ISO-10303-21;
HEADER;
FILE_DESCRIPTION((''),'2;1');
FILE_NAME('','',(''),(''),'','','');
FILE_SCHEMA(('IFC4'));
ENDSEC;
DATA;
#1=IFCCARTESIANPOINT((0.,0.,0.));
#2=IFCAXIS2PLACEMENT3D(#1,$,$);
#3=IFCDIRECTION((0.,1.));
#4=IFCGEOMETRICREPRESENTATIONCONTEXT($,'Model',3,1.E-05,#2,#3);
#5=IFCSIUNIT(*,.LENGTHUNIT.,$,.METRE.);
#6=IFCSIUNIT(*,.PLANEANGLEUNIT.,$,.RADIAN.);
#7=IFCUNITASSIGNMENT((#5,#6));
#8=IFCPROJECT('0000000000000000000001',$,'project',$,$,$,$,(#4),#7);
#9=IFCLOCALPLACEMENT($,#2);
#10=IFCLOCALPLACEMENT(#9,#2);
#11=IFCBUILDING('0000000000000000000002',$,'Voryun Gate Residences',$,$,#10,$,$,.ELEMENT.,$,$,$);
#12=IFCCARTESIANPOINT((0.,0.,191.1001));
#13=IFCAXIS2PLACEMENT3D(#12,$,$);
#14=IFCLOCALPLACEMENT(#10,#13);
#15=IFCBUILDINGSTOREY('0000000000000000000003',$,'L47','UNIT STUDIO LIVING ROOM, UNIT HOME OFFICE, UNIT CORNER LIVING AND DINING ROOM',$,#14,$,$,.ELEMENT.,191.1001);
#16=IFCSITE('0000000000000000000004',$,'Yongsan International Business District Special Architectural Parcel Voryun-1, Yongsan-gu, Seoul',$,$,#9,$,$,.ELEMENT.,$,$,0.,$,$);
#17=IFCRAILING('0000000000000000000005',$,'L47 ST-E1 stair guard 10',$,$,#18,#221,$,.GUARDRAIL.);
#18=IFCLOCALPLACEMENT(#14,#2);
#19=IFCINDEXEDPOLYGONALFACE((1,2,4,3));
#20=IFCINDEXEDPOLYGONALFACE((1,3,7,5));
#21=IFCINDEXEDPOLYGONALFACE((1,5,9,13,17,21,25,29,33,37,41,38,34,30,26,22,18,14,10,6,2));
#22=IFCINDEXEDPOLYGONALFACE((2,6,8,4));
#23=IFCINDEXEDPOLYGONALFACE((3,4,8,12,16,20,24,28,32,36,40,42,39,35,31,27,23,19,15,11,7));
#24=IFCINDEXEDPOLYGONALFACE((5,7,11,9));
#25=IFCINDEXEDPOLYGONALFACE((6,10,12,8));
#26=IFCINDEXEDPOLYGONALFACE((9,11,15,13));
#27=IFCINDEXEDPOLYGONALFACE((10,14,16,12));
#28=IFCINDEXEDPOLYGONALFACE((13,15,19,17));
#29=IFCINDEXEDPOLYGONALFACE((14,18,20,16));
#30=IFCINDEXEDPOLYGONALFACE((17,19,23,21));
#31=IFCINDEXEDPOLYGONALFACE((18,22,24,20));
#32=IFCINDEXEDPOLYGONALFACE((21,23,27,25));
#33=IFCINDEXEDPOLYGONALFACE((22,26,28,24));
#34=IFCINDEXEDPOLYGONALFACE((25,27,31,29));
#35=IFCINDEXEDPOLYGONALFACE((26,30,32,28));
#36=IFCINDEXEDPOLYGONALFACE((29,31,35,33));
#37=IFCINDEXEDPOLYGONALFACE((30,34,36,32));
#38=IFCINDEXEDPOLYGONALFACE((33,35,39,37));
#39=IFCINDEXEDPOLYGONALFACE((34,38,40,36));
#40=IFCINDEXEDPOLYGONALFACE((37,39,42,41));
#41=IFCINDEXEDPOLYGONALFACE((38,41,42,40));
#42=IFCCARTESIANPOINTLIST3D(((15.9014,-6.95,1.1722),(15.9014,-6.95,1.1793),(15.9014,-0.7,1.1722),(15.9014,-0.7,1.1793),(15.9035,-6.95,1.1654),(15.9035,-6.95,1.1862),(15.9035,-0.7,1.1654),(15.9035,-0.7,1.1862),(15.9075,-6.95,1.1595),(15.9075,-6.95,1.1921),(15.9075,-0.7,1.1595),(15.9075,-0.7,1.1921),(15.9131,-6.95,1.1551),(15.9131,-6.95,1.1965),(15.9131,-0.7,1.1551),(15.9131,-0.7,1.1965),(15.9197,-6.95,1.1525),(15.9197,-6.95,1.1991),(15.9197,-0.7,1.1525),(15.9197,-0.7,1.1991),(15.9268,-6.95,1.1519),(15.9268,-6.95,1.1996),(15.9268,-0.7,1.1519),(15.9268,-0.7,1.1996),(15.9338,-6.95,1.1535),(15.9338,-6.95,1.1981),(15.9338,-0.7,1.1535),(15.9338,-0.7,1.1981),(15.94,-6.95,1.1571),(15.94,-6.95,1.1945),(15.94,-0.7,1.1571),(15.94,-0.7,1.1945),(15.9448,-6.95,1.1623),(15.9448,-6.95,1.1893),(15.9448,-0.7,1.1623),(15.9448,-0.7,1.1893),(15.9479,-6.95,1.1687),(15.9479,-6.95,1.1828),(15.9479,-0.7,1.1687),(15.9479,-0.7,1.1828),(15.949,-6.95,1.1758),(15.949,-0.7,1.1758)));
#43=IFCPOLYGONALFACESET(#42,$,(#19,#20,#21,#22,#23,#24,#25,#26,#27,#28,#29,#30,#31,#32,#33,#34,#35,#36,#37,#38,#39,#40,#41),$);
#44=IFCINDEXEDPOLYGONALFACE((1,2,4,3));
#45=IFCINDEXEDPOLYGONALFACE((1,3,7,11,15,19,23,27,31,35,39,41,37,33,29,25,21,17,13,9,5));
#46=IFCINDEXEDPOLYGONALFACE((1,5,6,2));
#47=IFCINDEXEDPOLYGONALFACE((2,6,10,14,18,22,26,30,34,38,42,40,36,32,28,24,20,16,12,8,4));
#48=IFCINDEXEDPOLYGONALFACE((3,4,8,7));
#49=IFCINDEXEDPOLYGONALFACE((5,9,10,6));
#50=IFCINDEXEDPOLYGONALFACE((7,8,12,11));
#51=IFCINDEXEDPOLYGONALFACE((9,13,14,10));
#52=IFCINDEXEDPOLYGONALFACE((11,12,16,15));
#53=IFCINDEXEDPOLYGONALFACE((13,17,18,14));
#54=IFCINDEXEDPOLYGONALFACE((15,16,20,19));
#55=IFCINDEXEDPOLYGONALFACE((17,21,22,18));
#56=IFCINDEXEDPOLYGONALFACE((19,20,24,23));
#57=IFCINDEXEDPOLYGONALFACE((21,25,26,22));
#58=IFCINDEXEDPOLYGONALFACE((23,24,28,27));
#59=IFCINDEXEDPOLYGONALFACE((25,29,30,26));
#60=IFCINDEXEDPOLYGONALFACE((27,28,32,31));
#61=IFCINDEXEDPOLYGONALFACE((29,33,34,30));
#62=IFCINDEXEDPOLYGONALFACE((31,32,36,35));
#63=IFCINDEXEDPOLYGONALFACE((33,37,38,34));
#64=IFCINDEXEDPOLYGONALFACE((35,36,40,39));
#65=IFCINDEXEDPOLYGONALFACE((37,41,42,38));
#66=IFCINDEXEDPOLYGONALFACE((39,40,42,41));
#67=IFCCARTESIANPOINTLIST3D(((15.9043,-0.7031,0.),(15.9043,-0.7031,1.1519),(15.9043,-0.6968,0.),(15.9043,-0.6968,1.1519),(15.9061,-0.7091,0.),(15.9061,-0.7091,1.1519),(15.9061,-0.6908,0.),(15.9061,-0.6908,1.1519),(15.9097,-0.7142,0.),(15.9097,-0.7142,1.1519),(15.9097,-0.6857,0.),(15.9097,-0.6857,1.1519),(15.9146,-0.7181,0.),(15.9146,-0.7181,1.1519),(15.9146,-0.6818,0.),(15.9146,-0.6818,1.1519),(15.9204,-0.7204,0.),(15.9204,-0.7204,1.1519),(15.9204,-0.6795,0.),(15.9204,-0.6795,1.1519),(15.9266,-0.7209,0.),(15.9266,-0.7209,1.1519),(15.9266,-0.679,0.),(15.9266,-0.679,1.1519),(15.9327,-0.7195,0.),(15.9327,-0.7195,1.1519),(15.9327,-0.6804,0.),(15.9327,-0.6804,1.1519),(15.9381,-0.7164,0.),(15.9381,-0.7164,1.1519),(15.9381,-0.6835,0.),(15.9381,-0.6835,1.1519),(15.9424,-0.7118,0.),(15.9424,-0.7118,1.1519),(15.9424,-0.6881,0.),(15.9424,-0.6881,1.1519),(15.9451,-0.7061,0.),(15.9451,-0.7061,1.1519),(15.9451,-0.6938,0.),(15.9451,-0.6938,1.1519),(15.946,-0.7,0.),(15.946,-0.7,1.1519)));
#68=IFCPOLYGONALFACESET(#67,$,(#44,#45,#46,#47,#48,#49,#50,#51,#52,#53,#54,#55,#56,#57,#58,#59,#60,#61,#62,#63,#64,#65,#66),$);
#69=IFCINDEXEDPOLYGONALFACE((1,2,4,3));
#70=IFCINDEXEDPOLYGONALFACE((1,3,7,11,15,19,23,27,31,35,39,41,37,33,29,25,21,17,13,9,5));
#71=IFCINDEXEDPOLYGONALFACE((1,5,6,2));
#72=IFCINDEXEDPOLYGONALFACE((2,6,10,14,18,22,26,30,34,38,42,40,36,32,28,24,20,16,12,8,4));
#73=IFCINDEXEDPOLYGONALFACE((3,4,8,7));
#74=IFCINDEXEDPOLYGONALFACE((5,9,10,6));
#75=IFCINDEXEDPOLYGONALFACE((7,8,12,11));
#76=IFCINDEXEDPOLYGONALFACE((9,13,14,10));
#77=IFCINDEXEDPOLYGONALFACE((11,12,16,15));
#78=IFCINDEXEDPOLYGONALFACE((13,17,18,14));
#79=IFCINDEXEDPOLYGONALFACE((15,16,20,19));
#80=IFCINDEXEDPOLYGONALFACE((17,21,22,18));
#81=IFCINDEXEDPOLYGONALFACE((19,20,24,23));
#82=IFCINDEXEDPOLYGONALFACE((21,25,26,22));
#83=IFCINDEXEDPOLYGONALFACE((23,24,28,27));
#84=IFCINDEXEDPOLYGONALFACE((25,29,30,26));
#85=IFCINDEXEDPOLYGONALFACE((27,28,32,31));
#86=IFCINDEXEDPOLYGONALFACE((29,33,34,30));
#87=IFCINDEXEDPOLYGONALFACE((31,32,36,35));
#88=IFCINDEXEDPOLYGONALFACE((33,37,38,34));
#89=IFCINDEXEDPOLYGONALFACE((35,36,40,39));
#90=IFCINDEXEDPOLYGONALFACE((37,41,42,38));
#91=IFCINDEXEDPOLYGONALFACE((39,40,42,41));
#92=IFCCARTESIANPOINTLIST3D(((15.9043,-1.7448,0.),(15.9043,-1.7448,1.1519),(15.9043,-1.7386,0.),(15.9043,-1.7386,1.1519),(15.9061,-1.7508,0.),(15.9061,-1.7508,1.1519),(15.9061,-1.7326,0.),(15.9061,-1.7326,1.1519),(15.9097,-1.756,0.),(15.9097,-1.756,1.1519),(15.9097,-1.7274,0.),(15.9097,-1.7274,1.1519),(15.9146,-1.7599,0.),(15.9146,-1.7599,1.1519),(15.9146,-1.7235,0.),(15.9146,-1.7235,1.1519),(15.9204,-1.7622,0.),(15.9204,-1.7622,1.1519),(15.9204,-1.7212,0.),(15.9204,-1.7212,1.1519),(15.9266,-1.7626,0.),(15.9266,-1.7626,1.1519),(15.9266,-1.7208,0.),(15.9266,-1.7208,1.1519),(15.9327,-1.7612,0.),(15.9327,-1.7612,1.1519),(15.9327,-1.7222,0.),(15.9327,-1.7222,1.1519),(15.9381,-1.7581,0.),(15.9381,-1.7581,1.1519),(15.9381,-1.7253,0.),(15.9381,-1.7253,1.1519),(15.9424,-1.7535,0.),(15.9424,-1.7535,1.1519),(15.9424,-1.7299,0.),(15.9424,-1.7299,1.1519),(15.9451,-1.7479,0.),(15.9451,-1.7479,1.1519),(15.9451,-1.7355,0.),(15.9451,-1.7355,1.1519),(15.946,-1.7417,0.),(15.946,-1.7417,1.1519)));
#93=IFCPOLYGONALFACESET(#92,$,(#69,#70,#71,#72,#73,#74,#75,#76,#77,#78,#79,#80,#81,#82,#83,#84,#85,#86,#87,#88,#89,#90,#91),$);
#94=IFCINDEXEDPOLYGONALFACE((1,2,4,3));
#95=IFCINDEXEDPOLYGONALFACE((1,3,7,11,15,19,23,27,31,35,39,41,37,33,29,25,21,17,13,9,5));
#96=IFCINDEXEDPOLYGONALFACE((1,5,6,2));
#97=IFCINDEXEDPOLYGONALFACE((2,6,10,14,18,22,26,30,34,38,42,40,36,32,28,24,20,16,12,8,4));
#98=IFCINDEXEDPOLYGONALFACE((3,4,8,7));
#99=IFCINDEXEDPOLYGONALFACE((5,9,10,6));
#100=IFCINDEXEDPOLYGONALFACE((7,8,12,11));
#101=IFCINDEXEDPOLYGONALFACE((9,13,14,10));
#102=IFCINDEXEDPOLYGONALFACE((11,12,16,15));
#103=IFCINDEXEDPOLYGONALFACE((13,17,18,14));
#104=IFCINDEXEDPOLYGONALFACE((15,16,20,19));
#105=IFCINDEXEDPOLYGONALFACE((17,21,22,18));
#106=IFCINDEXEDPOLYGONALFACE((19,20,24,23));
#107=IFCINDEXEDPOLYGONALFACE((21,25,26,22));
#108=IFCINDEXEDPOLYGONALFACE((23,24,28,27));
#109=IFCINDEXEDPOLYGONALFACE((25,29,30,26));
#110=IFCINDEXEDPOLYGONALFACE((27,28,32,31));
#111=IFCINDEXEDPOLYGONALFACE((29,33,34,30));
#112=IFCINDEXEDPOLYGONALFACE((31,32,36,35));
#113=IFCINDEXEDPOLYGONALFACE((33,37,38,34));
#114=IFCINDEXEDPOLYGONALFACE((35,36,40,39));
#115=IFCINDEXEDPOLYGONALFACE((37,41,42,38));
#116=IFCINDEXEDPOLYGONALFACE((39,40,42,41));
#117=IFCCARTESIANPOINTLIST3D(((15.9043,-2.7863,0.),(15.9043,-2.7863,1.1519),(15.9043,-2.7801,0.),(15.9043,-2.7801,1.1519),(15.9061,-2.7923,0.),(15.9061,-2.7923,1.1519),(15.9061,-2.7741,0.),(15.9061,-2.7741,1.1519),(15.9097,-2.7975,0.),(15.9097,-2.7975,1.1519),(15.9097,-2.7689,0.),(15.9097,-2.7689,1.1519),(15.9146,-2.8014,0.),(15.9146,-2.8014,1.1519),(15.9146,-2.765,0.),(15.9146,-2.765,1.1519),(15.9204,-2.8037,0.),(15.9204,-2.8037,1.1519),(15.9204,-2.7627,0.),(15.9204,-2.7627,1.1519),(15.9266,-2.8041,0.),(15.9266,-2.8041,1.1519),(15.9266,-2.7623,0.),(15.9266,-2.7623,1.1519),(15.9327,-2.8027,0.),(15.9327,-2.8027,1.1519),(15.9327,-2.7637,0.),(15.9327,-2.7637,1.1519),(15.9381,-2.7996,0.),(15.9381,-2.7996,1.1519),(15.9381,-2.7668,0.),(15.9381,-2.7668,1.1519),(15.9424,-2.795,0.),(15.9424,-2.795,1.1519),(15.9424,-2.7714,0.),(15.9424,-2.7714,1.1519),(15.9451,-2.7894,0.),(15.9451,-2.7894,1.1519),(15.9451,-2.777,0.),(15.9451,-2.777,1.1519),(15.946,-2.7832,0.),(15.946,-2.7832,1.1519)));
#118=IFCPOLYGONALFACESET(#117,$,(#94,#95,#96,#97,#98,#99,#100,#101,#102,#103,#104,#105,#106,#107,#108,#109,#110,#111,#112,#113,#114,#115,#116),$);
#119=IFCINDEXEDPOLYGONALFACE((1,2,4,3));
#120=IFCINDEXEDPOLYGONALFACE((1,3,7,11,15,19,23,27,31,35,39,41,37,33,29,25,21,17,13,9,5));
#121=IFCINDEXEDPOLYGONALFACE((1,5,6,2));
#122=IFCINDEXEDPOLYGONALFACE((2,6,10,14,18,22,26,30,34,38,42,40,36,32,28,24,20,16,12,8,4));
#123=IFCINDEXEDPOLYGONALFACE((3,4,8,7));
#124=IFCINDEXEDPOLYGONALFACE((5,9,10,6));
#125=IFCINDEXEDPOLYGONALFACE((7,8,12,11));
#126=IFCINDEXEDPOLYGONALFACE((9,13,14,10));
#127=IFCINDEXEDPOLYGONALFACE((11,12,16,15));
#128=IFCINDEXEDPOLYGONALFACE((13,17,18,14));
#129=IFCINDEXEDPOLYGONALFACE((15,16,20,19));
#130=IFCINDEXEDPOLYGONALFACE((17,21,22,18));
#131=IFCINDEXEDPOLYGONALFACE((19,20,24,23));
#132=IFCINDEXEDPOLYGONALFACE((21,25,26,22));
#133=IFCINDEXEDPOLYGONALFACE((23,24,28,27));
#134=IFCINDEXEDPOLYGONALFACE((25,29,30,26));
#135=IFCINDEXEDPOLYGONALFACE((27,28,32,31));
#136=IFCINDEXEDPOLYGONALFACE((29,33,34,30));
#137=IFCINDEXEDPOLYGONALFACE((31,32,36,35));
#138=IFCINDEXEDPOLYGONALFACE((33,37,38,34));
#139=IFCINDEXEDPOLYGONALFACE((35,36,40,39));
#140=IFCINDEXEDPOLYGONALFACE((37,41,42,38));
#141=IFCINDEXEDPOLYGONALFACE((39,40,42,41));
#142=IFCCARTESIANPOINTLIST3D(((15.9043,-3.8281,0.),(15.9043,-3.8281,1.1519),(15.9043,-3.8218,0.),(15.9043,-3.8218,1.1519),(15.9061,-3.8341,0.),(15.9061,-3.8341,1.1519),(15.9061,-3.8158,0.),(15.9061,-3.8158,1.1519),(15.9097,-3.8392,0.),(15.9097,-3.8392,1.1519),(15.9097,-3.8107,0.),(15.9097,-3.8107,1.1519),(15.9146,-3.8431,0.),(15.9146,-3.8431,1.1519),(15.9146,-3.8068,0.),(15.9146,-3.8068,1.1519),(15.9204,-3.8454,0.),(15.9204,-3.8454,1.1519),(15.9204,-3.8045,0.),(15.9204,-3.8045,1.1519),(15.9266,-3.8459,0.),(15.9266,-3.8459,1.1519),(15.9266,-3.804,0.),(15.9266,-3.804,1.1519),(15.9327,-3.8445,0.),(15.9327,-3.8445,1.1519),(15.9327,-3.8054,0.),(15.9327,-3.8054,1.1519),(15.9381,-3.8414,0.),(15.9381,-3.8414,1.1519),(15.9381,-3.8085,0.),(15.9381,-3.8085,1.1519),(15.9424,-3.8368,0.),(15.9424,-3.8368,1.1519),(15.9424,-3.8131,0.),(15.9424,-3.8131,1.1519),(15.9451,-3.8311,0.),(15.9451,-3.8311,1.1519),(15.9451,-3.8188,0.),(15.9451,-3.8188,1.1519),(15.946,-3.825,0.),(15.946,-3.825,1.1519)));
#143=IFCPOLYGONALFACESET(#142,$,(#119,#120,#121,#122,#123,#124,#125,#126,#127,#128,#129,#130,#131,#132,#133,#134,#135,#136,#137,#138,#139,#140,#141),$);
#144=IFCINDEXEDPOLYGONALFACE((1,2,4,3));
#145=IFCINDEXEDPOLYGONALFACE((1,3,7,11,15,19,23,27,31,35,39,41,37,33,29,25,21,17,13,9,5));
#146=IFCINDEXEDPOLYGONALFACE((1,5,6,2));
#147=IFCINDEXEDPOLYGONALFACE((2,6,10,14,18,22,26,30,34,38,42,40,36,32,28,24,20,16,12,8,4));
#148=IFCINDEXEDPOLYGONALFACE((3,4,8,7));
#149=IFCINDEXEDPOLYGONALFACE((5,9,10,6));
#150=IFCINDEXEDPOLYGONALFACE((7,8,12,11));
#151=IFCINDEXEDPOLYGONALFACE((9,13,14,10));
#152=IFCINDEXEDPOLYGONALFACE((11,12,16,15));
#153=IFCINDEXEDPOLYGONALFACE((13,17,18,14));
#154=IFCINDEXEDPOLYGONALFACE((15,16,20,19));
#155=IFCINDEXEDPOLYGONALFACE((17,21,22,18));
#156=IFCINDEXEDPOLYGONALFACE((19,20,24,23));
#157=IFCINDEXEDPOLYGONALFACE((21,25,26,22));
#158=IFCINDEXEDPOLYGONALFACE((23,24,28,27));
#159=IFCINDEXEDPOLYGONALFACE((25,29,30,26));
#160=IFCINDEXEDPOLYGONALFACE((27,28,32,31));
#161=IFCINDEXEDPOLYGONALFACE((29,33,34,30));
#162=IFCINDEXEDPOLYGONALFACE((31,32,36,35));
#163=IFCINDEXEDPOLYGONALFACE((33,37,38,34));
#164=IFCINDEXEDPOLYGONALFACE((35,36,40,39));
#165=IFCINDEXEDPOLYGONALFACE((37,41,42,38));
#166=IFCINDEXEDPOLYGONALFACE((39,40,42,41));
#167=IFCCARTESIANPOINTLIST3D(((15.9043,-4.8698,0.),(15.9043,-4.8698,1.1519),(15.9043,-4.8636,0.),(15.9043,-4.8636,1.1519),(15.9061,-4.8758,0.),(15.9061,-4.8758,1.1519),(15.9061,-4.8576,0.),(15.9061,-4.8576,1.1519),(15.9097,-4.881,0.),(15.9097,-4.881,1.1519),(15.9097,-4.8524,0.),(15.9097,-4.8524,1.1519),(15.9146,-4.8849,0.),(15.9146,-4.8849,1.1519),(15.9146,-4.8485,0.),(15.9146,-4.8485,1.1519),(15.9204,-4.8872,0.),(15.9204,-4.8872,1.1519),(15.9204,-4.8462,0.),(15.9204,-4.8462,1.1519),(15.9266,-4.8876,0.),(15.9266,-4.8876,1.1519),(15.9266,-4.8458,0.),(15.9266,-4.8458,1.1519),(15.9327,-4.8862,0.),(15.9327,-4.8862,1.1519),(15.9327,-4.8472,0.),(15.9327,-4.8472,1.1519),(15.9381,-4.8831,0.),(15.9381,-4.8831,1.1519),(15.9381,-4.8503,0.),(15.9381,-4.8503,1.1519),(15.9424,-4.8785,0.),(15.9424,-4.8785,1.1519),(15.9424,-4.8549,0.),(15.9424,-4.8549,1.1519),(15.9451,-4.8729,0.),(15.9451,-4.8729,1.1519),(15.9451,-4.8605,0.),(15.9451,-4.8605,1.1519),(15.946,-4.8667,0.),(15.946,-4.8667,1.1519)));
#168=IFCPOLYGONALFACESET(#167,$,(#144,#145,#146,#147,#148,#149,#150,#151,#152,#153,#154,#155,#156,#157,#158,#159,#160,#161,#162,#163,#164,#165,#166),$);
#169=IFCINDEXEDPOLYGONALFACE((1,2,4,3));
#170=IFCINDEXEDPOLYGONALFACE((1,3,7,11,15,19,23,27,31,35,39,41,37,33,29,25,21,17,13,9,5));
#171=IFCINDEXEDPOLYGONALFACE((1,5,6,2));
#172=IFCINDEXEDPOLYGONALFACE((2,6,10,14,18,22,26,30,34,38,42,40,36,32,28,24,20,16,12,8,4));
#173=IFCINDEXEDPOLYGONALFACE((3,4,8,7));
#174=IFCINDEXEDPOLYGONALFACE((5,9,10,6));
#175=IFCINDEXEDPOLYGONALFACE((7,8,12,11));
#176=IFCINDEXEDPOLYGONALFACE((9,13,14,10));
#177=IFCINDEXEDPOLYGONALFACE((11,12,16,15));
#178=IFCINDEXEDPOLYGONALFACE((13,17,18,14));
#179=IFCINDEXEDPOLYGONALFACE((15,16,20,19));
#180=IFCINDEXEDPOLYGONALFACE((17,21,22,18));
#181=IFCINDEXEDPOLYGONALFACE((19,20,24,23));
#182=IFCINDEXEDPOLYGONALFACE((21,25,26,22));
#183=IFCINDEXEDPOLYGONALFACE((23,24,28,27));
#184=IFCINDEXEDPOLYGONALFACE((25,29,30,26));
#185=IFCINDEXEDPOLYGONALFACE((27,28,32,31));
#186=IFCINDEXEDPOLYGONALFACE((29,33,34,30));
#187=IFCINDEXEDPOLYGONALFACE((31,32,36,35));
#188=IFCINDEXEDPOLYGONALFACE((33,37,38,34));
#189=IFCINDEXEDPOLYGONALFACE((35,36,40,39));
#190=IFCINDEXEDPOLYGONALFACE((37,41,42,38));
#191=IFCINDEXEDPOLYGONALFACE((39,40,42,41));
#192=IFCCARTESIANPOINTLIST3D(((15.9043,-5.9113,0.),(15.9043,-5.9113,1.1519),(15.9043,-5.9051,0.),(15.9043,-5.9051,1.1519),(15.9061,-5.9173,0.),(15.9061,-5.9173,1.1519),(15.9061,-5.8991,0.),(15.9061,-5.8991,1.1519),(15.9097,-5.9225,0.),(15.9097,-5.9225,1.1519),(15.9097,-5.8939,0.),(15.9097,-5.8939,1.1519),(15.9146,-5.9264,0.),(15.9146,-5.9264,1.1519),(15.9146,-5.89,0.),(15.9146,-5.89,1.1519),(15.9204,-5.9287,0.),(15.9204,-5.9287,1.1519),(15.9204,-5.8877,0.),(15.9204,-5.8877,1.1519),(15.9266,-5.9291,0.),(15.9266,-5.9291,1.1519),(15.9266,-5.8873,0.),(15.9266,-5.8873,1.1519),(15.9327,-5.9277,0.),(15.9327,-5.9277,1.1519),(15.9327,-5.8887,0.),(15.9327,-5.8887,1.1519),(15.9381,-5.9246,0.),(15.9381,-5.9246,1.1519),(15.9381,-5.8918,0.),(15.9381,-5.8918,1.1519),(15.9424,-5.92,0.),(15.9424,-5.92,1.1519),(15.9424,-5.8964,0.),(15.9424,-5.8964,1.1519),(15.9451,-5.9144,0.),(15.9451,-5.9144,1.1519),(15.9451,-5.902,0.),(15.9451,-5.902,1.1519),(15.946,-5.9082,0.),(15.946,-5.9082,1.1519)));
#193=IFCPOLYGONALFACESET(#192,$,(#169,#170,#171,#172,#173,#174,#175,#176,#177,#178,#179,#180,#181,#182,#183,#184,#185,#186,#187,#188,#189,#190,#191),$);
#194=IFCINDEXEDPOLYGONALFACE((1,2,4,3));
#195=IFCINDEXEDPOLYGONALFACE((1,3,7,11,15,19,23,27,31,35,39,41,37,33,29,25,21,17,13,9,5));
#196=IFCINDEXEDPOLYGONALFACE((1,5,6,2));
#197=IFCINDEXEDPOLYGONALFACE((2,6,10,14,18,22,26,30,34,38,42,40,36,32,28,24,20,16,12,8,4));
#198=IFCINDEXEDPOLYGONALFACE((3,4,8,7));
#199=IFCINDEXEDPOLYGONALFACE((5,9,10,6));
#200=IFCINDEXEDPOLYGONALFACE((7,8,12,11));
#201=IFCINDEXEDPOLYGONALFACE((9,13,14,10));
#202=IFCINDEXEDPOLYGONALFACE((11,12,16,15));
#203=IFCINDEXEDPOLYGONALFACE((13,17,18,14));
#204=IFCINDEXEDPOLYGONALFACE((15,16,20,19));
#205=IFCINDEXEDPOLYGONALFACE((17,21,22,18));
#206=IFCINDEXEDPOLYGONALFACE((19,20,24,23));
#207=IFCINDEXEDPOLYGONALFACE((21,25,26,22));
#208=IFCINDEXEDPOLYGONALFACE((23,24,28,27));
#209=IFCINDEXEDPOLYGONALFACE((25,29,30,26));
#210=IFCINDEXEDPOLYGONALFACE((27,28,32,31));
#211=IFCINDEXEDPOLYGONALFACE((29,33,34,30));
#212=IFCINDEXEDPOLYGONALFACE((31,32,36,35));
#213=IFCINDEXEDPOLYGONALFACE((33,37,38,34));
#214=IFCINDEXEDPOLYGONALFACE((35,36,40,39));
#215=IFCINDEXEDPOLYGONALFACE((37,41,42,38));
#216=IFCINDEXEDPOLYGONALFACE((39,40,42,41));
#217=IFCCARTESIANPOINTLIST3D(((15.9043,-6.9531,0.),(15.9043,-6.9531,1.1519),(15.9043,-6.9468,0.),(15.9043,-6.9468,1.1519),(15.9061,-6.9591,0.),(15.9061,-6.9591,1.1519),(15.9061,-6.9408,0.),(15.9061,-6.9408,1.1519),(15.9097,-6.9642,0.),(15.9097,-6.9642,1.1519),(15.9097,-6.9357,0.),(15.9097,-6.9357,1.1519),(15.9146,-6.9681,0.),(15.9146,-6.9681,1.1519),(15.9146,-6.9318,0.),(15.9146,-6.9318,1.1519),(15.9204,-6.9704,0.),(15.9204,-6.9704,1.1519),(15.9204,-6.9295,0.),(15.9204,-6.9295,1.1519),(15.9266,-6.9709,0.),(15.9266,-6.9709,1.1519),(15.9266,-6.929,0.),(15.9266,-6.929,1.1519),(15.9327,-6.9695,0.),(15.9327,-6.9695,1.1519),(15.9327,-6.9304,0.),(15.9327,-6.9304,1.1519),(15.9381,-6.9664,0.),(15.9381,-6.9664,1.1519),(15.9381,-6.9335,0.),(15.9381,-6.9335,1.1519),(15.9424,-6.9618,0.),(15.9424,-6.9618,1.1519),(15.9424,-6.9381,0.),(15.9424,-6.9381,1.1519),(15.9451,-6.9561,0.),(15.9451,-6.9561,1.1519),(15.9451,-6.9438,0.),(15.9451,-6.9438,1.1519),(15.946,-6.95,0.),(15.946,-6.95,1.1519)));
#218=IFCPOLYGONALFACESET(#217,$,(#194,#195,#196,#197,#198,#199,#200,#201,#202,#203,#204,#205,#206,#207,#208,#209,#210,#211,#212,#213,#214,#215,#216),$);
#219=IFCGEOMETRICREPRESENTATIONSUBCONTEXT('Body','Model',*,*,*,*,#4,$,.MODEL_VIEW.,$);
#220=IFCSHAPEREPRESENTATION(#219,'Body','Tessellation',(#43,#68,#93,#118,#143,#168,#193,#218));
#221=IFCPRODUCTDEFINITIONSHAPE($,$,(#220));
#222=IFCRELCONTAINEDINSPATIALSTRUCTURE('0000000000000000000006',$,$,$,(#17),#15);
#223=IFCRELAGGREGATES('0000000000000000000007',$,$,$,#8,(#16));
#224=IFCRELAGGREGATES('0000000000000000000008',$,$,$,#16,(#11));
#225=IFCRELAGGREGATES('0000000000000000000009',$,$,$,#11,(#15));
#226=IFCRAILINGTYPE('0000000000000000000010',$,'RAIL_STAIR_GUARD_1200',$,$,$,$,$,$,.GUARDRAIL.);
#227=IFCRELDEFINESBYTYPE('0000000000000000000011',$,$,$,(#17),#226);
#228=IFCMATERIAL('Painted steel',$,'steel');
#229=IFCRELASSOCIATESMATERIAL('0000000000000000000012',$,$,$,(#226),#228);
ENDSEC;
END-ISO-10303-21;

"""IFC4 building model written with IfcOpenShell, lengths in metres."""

from ifc_helpers import new_model, si_unit, direction, frame, origin, origin_2d, place, context, subcontext, project, spatial, circle, extrude, material, type_object, element, save


model = new_model("IFC4")

# Units and contexts
model_context = context("Model", 3, precision=1e-05, world=origin(), true_north=direction((0.0, 1.0)))
body_context = subcontext(model_context, "Body", "Model", "MODEL_VIEW")
ifc_project = project(units=[si_unit("LENGTHUNIT", "METRE"), si_unit("PLANEANGLEUNIT", "RADIAN")], contexts=[model_context])

# Site, building, storey
site_placement = place(None, origin())
site = spatial("IfcSite", under=ifc_project, at=site_placement, Name="Yongsan International Business District Special Architectural Parcel Voryun-1, Yongsan-gu, Seoul", CompositionType="ELEMENT", RefElevation=0.0)
building_placement = place(site_placement, origin())
building = spatial("IfcBuilding", under=site, at=building_placement, Name="Voryun Gate Residences", CompositionType="ELEMENT")
storey_placement = place(building_placement, frame((0.0, 0.0, 191.1001)))
storey = spatial("IfcBuildingStorey", under=building, at=storey_placement, Name="L47", Description="UNIT STUDIO LIVING ROOM, UNIT HOME OFFICE, UNIT CORNER LIVING AND DINING ROOM", CompositionType="ELEMENT", Elevation=191.1001)

# Railing
ifc_material_1 = material(Name="Painted steel", Category="steel")
railing_type_1 = type_object("IfcRailingType", Name="RAIL_STAIR_GUARD_1200", PredefinedType="GUARDRAIL", material=ifc_material_1)
railing_1_placement = place(storey_placement, frame((15.925, -0.7, 0.0)))
element("IfcRailing", 1, at=railing_1_placement, inside=storey, type_object=railing_type_1, Name="L47 ST-E1 stair guard 10", PredefinedType="GUARDRAIL", context=body_context, shape_type="SweptSolid", body=[
    extrude(circle(Radius=0.0239, at=origin_2d()), frame((0.0, 0.0, 1.1758), z_axis=(0.0, -1.0, 0.0), x_axis=(1.0, 0.0, 0.0)), (0.0, 0.0, 1.0), 6.25),
    extrude(circle(Radius=0.021, at=origin_2d()), origin(), (0.0, 0.0, 1.0), 1.1519),
    extrude(circle(Radius=0.021, at=origin_2d()), frame((0.0, -1.0417, 0.0)), (0.0, 0.0, 1.0), 1.1519),
    extrude(circle(Radius=0.021, at=origin_2d()), frame((0.0, -2.0833, 0.0)), (0.0, 0.0, 1.0), 1.1519),
    extrude(circle(Radius=0.021, at=origin_2d()), frame((0.0, -3.125, 0.0)), (0.0, 0.0, 1.0), 1.1519),
    extrude(circle(Radius=0.021, at=origin_2d()), frame((0.0, -4.1667, 0.0)), (0.0, 0.0, 1.0), 1.1519),
    extrude(circle(Radius=0.021, at=origin_2d()), frame((0.0, -5.2083, 0.0)), (0.0, 0.0, 1.0), 1.1519),
    extrude(circle(Radius=0.021, at=origin_2d()), frame((0.0, -6.25, 0.0)), (0.0, 0.0, 1.0), 1.1519),
])

save(model, "model.ifc")
